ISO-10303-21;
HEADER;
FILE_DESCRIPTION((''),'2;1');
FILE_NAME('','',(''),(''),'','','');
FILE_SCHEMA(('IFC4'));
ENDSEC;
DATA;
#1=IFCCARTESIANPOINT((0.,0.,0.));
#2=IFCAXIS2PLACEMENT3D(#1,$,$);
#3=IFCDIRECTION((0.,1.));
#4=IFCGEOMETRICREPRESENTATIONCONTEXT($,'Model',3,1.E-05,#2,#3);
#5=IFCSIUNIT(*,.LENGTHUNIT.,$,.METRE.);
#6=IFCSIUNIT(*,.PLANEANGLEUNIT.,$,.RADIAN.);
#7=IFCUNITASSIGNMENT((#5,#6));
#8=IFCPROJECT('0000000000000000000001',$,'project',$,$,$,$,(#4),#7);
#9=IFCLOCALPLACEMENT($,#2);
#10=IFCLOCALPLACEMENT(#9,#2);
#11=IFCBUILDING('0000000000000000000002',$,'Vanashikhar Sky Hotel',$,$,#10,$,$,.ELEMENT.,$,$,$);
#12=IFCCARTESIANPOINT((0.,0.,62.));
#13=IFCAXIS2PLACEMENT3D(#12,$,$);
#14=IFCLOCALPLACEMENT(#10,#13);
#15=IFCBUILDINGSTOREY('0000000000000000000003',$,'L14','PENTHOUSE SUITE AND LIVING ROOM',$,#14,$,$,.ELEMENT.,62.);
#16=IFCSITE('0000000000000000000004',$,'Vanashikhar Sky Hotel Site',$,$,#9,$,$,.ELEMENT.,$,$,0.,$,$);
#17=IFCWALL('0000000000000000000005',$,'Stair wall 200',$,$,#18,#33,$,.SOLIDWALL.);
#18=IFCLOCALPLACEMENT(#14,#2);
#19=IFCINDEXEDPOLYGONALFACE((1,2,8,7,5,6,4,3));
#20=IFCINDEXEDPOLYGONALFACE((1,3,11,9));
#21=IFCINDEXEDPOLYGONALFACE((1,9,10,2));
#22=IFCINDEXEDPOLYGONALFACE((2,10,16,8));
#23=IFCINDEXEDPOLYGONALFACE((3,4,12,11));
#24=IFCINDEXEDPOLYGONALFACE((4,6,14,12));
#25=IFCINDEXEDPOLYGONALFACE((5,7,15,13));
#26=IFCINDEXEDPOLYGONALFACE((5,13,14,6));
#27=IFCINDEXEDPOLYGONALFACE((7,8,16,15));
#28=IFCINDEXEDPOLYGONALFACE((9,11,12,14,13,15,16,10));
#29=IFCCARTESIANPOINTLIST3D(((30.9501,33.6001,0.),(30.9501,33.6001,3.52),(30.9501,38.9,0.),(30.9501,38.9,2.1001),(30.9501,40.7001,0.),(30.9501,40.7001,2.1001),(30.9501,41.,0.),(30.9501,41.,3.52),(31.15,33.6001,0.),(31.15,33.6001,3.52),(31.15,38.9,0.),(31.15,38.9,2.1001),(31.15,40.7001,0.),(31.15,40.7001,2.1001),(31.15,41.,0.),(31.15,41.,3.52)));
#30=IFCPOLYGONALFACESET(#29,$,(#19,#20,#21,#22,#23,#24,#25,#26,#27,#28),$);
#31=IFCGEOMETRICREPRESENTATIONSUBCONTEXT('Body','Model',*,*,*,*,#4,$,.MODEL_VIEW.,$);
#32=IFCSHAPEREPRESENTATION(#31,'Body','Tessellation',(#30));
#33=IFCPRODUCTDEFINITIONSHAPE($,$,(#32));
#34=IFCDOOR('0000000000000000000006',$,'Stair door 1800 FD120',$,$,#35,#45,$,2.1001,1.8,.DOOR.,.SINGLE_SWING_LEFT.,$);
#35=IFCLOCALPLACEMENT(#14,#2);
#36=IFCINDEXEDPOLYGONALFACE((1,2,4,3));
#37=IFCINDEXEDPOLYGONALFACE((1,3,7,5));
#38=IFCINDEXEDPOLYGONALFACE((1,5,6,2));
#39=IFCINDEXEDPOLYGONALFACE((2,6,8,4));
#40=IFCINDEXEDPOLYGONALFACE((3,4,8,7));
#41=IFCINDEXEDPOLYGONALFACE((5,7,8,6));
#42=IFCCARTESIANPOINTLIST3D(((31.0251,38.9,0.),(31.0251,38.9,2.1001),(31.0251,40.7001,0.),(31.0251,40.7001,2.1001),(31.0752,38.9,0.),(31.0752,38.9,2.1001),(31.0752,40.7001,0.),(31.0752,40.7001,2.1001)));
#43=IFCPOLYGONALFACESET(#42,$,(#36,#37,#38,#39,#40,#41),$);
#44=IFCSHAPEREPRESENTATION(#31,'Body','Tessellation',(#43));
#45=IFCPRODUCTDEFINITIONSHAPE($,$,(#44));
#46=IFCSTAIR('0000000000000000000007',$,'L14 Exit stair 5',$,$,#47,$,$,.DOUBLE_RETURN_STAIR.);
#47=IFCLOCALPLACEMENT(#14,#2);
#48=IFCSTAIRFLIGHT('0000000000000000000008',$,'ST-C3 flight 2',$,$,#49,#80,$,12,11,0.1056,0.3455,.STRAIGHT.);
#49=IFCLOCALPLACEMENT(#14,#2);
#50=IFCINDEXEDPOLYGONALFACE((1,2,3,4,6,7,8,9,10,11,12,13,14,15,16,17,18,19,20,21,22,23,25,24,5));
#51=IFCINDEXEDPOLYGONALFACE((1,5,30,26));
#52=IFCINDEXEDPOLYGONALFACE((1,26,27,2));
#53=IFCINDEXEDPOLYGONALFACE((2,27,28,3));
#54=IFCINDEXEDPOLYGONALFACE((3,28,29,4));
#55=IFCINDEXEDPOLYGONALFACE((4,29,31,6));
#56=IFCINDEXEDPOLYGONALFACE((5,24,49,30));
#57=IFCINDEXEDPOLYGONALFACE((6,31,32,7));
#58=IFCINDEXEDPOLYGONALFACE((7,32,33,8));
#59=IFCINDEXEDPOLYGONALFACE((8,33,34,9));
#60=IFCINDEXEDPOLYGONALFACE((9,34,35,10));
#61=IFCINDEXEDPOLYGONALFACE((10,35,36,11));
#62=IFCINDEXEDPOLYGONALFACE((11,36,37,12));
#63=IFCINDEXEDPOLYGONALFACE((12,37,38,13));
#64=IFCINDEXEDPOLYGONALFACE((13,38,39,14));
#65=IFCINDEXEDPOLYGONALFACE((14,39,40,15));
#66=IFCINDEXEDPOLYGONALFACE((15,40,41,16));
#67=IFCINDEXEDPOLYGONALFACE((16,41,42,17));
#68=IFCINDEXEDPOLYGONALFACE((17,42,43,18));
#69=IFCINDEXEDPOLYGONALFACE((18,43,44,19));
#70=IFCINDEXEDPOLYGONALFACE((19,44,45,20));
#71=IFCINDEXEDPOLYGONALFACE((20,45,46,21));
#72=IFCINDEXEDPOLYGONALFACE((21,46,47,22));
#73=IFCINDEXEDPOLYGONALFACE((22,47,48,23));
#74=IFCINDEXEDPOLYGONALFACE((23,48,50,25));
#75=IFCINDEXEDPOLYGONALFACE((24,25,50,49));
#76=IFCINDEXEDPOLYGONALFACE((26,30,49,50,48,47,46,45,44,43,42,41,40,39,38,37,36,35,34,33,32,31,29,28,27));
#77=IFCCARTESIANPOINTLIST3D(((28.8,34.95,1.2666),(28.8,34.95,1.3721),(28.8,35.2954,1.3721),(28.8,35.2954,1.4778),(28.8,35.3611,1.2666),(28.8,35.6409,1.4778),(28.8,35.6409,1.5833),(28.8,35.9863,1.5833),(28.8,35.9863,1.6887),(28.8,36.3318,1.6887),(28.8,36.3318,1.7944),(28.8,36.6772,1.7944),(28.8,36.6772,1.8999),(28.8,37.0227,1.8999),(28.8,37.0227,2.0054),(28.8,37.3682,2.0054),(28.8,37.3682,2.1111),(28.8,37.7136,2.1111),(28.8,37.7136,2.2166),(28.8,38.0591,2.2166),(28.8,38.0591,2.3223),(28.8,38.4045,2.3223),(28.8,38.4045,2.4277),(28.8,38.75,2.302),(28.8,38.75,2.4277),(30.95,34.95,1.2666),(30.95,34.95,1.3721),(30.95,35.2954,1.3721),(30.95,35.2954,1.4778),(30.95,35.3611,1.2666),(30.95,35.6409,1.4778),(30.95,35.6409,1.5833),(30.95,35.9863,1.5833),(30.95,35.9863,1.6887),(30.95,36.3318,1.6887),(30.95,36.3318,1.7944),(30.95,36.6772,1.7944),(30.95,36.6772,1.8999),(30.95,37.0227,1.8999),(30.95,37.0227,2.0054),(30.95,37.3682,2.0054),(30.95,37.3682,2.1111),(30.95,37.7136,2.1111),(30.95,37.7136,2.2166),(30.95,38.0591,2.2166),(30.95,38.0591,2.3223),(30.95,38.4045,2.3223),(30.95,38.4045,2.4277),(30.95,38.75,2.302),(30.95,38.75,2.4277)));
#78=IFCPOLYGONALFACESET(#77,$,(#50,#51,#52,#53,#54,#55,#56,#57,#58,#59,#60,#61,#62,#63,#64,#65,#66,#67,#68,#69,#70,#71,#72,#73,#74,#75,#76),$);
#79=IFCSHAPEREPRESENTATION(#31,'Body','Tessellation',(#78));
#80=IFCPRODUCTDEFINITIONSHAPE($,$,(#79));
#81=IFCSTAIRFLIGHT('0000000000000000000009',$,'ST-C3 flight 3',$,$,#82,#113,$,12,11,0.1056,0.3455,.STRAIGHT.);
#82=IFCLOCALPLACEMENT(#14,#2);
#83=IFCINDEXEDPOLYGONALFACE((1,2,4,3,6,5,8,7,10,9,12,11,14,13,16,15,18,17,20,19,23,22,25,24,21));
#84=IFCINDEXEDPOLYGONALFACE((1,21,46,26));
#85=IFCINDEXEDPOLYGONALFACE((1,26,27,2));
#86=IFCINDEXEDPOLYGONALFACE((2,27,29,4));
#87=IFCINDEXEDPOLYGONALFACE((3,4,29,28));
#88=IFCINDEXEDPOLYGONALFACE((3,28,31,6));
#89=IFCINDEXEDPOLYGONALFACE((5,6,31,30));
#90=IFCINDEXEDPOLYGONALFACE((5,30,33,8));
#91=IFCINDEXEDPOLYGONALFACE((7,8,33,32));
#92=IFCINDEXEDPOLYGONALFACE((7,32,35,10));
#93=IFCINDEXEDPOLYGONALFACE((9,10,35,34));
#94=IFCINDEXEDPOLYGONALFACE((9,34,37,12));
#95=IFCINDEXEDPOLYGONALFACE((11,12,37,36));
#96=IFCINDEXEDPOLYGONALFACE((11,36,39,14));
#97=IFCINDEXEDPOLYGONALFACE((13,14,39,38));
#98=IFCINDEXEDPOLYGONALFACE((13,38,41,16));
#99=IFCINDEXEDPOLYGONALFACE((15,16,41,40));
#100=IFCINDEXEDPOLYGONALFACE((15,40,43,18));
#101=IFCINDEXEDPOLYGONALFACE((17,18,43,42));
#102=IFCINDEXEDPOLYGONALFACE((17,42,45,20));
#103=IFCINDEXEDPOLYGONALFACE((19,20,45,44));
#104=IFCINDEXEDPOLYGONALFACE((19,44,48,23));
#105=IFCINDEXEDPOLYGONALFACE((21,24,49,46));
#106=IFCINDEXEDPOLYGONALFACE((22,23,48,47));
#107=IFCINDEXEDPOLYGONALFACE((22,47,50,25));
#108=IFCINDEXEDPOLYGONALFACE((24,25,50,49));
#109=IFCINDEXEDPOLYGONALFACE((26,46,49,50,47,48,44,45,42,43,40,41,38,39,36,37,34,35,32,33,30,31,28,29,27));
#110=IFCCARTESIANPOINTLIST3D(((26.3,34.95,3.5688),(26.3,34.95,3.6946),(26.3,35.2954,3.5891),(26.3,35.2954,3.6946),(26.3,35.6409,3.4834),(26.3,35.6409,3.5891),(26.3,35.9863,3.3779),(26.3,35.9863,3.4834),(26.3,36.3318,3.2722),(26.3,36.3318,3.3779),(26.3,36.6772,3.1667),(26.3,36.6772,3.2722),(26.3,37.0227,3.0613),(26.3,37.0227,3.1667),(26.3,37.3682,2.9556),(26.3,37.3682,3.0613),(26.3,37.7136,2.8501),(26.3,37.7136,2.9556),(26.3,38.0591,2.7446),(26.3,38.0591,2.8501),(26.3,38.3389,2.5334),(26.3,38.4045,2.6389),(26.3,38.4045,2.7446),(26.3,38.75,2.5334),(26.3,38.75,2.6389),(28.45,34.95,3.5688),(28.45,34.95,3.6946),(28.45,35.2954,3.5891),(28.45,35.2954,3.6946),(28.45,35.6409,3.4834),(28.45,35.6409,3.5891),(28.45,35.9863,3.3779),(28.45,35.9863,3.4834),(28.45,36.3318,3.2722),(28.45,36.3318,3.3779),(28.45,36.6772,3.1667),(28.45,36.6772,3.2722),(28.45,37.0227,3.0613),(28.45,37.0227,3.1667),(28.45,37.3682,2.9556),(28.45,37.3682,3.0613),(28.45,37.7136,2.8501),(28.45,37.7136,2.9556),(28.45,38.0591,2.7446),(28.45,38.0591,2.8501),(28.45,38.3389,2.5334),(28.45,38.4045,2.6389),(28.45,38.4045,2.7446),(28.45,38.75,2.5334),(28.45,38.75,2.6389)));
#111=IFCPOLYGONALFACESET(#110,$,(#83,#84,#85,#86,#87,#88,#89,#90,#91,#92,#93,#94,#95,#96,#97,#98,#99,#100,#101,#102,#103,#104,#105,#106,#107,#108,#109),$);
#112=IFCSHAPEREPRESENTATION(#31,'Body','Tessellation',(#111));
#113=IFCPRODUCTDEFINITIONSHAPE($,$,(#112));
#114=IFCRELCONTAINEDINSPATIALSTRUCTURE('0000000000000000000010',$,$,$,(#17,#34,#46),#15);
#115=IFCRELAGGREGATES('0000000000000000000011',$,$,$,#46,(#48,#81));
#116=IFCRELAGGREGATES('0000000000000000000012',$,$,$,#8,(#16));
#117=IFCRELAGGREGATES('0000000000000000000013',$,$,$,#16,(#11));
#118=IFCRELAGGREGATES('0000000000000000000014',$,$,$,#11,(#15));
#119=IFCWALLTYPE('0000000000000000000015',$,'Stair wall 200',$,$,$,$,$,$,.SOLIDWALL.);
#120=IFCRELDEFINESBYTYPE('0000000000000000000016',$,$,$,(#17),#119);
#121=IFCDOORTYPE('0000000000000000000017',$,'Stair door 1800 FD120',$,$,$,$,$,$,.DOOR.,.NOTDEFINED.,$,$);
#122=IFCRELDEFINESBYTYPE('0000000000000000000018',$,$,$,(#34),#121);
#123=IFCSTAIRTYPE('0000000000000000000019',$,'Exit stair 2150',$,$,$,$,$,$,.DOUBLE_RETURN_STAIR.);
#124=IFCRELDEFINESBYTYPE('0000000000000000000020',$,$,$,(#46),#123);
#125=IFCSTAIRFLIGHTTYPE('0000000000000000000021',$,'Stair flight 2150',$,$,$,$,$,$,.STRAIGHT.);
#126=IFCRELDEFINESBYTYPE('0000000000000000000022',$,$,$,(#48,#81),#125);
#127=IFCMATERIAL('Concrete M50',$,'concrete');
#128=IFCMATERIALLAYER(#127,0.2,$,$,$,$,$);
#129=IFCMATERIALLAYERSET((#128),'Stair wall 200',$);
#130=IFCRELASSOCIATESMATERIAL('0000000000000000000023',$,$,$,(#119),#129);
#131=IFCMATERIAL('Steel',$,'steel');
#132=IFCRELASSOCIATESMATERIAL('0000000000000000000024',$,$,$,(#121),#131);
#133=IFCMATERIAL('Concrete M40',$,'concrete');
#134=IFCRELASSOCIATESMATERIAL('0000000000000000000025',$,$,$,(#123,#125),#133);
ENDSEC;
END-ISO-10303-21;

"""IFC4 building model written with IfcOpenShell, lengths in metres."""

from ifc_helpers import new_model, si_unit, direction, frame, frame_2d, origin, place, context, subcontext, project, spatial, polyline, rectangle, outline, extrude, source, transform, mapped, material, layer, layer_set, type_object, element, fill, aggregate, save


model = new_model("IFC4")

# Units and contexts
model_context = context("Model", 3, precision=1e-05, world=origin(), true_north=direction((0.0, 1.0)))
body_context = subcontext(model_context, "Body", "Model", "MODEL_VIEW")
ifc_project = project(units=[si_unit("LENGTHUNIT", "METRE"), si_unit("PLANEANGLEUNIT", "RADIAN")], contexts=[model_context])

# Site, building, storey
site_placement = place(None, origin())
site = spatial("IfcSite", under=ifc_project, at=site_placement, Name="Vanashikhar Sky Hotel Site", CompositionType="ELEMENT", RefElevation=0.0)
building_placement = place(site_placement, origin())
building = spatial("IfcBuilding", under=site, at=building_placement, Name="Vanashikhar Sky Hotel", CompositionType="ELEMENT")
storey_placement = place(building_placement, frame((0.0, 0.0, 62.0)))
storey = spatial("IfcBuildingStorey", under=building, at=storey_placement, Name="L14", Description="PENTHOUSE SUITE AND LIVING ROOM", CompositionType="ELEMENT", Elevation=62.0)

# Shared definitions
ifc_material_1 = material(Name="Steel", Category="steel")

# Shared definitions
ifc_material_2 = material(Name="Concrete M40", Category="concrete")

# Wall, opening, door
ifc_material_3 = material(Name="Concrete M50", Category="concrete")
ifc_layer_1 = layer(ifc_material_3, 0.2)
ifc_layer_set_1 = layer_set([ifc_layer_1], Name="Stair wall 200")
wall_type_1 = type_object("IfcWallType", Name="Stair wall 200", PredefinedType="SOLIDWALL", material=ifc_layer_set_1)
shared_shape_1 = source(origin(), body_context, "Body", "SweptSolid", [
    extrude(rectangle(XDim=7.3999, YDim=0.2, at=frame_2d((3.7, 0.0))), origin(), (0.0, 0.0, 1.0), 3.52),
])
wall_1_placement = place(storey_placement, frame((31.05, 33.6001, 0.0), z_axis=(0.0, 0.0, 1.0), x_axis=(0.0, 1.0, 0.0)))
wall_1 = element("IfcWall", 1, at=wall_1_placement, inside=storey, type_object=wall_type_1, Name="Stair wall 200", PredefinedType="SOLIDWALL", context=body_context, shape_type="MappedRepresentation", body=[
    mapped(shared_shape_1, transform((0.0, 0.0, 0.0), scale=1.0)),
])
shared_shape_2 = source(origin(), body_context, "Body", "SweptSolid", [
    extrude(rectangle(XDim=1.8, YDim=2.1001, at=frame_2d((0.8999, 1.05))), frame((0.0, 0.1099, 0.0), z_axis=(0.0, -1.0, 0.0), x_axis=(1.0, 0.0, 0.0)), (0.0, 0.0, 1.0), 0.22),
])
opening_1_placement = place(wall_1_placement, frame((5.3, 0.0, 0.0)))
opening_1 = element("IfcOpeningElement", 2, at=opening_1_placement, cuts=wall_1, PredefinedType="OPENING", context=body_context, shape_type="MappedRepresentation", body=[
    mapped(shared_shape_2, transform((0.0, 0.0, 0.0), scale=1.0)),
])
door_type_1 = type_object("IfcDoorType", Name="Stair door 1800 FD120", OperationType="NOTDEFINED", PredefinedType="DOOR", material=ifc_material_1)
shared_shape_3 = source(origin(), body_context, "Body", "SweptSolid", [
    extrude(rectangle(XDim=1.8, YDim=2.1001, at=frame_2d((0.8999, 1.05))), frame((0.0, 0.0249, 0.0), z_axis=(0.0, -1.0, 0.0), x_axis=(1.0, 0.0, 0.0)), (0.0, 0.0, 1.0), 0.05),
])
door_1_placement = place(opening_1_placement, origin())
door_1 = element("IfcDoor", 3, at=door_1_placement, inside=storey, type_object=door_type_1, Name="Stair door 1800 FD120", OperationType="SINGLE_SWING_LEFT", OverallHeight=2.1001, OverallWidth=1.8, PredefinedType="DOOR", context=body_context, shape_type="MappedRepresentation", body=[
    mapped(shared_shape_3, transform((0.0, 0.0, 0.0), scale=1.0)),
])
fill(opening_1, door_1)

# Stair, stair flights
stair_type = type_object("IfcStairType", Name="Exit stair 2150", PredefinedType="DOUBLE_RETURN_STAIR", material=ifc_material_2)
stair_placement = place(storey_placement, origin())
stair = element("IfcStair", 4, at=stair_placement, inside=storey, type_object=stair_type, Name="L14 Exit stair 5", PredefinedType="DOUBLE_RETURN_STAIR")
stair_flight_type = type_object("IfcStairFlightType", Name="Stair flight 2150", PredefinedType="STRAIGHT", material=ifc_material_2)
shared_shape_4 = source(origin(), body_context, "Body", "SweptSolid", [
    extrude(outline(polyline([(0.0, 0.0), (0.0, 0.1055), (0.3455, 0.1055), (0.3455, 0.2112), (0.6909, 0.2112), (0.6909, 0.3167), (1.0364, 0.3167), (1.0364, 0.4221), (1.3818, 0.4221), (1.3818, 0.5278), (1.7273, 0.5278), (1.7273, 0.6333), (2.0728, 0.6333), (2.0728, 0.7388), (2.4182, 0.7388), (2.4182, 0.8445), (2.7637, 0.8445), (2.7637, 0.95), (3.1091, 0.95), (3.1091, 1.0557), (3.4546, 1.0557), (3.4546, 1.1611), (3.8, 1.1611), (3.8, 1.2666), (3.8, 1.0354), (0.4111, 0.0), (0.0, 0.0)])), frame((0.0, 1.075, 0.0), z_axis=(0.0, -1.0, 0.0), x_axis=(1.0, 0.0, 0.0)), (0.0, 0.0, 1.0), 2.1499),
])
stair_flight_1_placement = place(storey_placement, frame((29.875, 34.95, 1.2666), z_axis=(0.0, 0.0, 1.0), x_axis=(0.0, 1.0, 0.0)))
stair_flight_1 = element("IfcStairFlight", 5, at=stair_flight_1_placement, type_object=stair_flight_type, Name="ST-C3 flight 2", NumberOfRisers=12, NumberOfTreads=11, PredefinedType="STRAIGHT", RiserHeight=0.1056, TreadLength=0.3455, context=body_context, shape_type="MappedRepresentation", body=[
    mapped(shared_shape_4, transform((0.0, 0.0, 0.0), scale=1.0)),
])
stair_flight_2_placement = place(storey_placement, frame((27.375, 38.75, 2.5334), z_axis=(0.0, 0.0, 1.0), x_axis=(0.0, -1.0, 0.0)))
stair_flight_2 = element("IfcStairFlight", 6, at=stair_flight_2_placement, type_object=stair_flight_type, Name="ST-C3 flight 3", NumberOfRisers=12, NumberOfTreads=11, PredefinedType="STRAIGHT", RiserHeight=0.1056, TreadLength=0.3455, context=body_context, shape_type="MappedRepresentation", body=[
    mapped(shared_shape_4, transform((0.0, 0.0, 0.0), scale=1.0)),
])
aggregate(stair, [stair_flight_1, stair_flight_2])

save(model, "model.ifc")
